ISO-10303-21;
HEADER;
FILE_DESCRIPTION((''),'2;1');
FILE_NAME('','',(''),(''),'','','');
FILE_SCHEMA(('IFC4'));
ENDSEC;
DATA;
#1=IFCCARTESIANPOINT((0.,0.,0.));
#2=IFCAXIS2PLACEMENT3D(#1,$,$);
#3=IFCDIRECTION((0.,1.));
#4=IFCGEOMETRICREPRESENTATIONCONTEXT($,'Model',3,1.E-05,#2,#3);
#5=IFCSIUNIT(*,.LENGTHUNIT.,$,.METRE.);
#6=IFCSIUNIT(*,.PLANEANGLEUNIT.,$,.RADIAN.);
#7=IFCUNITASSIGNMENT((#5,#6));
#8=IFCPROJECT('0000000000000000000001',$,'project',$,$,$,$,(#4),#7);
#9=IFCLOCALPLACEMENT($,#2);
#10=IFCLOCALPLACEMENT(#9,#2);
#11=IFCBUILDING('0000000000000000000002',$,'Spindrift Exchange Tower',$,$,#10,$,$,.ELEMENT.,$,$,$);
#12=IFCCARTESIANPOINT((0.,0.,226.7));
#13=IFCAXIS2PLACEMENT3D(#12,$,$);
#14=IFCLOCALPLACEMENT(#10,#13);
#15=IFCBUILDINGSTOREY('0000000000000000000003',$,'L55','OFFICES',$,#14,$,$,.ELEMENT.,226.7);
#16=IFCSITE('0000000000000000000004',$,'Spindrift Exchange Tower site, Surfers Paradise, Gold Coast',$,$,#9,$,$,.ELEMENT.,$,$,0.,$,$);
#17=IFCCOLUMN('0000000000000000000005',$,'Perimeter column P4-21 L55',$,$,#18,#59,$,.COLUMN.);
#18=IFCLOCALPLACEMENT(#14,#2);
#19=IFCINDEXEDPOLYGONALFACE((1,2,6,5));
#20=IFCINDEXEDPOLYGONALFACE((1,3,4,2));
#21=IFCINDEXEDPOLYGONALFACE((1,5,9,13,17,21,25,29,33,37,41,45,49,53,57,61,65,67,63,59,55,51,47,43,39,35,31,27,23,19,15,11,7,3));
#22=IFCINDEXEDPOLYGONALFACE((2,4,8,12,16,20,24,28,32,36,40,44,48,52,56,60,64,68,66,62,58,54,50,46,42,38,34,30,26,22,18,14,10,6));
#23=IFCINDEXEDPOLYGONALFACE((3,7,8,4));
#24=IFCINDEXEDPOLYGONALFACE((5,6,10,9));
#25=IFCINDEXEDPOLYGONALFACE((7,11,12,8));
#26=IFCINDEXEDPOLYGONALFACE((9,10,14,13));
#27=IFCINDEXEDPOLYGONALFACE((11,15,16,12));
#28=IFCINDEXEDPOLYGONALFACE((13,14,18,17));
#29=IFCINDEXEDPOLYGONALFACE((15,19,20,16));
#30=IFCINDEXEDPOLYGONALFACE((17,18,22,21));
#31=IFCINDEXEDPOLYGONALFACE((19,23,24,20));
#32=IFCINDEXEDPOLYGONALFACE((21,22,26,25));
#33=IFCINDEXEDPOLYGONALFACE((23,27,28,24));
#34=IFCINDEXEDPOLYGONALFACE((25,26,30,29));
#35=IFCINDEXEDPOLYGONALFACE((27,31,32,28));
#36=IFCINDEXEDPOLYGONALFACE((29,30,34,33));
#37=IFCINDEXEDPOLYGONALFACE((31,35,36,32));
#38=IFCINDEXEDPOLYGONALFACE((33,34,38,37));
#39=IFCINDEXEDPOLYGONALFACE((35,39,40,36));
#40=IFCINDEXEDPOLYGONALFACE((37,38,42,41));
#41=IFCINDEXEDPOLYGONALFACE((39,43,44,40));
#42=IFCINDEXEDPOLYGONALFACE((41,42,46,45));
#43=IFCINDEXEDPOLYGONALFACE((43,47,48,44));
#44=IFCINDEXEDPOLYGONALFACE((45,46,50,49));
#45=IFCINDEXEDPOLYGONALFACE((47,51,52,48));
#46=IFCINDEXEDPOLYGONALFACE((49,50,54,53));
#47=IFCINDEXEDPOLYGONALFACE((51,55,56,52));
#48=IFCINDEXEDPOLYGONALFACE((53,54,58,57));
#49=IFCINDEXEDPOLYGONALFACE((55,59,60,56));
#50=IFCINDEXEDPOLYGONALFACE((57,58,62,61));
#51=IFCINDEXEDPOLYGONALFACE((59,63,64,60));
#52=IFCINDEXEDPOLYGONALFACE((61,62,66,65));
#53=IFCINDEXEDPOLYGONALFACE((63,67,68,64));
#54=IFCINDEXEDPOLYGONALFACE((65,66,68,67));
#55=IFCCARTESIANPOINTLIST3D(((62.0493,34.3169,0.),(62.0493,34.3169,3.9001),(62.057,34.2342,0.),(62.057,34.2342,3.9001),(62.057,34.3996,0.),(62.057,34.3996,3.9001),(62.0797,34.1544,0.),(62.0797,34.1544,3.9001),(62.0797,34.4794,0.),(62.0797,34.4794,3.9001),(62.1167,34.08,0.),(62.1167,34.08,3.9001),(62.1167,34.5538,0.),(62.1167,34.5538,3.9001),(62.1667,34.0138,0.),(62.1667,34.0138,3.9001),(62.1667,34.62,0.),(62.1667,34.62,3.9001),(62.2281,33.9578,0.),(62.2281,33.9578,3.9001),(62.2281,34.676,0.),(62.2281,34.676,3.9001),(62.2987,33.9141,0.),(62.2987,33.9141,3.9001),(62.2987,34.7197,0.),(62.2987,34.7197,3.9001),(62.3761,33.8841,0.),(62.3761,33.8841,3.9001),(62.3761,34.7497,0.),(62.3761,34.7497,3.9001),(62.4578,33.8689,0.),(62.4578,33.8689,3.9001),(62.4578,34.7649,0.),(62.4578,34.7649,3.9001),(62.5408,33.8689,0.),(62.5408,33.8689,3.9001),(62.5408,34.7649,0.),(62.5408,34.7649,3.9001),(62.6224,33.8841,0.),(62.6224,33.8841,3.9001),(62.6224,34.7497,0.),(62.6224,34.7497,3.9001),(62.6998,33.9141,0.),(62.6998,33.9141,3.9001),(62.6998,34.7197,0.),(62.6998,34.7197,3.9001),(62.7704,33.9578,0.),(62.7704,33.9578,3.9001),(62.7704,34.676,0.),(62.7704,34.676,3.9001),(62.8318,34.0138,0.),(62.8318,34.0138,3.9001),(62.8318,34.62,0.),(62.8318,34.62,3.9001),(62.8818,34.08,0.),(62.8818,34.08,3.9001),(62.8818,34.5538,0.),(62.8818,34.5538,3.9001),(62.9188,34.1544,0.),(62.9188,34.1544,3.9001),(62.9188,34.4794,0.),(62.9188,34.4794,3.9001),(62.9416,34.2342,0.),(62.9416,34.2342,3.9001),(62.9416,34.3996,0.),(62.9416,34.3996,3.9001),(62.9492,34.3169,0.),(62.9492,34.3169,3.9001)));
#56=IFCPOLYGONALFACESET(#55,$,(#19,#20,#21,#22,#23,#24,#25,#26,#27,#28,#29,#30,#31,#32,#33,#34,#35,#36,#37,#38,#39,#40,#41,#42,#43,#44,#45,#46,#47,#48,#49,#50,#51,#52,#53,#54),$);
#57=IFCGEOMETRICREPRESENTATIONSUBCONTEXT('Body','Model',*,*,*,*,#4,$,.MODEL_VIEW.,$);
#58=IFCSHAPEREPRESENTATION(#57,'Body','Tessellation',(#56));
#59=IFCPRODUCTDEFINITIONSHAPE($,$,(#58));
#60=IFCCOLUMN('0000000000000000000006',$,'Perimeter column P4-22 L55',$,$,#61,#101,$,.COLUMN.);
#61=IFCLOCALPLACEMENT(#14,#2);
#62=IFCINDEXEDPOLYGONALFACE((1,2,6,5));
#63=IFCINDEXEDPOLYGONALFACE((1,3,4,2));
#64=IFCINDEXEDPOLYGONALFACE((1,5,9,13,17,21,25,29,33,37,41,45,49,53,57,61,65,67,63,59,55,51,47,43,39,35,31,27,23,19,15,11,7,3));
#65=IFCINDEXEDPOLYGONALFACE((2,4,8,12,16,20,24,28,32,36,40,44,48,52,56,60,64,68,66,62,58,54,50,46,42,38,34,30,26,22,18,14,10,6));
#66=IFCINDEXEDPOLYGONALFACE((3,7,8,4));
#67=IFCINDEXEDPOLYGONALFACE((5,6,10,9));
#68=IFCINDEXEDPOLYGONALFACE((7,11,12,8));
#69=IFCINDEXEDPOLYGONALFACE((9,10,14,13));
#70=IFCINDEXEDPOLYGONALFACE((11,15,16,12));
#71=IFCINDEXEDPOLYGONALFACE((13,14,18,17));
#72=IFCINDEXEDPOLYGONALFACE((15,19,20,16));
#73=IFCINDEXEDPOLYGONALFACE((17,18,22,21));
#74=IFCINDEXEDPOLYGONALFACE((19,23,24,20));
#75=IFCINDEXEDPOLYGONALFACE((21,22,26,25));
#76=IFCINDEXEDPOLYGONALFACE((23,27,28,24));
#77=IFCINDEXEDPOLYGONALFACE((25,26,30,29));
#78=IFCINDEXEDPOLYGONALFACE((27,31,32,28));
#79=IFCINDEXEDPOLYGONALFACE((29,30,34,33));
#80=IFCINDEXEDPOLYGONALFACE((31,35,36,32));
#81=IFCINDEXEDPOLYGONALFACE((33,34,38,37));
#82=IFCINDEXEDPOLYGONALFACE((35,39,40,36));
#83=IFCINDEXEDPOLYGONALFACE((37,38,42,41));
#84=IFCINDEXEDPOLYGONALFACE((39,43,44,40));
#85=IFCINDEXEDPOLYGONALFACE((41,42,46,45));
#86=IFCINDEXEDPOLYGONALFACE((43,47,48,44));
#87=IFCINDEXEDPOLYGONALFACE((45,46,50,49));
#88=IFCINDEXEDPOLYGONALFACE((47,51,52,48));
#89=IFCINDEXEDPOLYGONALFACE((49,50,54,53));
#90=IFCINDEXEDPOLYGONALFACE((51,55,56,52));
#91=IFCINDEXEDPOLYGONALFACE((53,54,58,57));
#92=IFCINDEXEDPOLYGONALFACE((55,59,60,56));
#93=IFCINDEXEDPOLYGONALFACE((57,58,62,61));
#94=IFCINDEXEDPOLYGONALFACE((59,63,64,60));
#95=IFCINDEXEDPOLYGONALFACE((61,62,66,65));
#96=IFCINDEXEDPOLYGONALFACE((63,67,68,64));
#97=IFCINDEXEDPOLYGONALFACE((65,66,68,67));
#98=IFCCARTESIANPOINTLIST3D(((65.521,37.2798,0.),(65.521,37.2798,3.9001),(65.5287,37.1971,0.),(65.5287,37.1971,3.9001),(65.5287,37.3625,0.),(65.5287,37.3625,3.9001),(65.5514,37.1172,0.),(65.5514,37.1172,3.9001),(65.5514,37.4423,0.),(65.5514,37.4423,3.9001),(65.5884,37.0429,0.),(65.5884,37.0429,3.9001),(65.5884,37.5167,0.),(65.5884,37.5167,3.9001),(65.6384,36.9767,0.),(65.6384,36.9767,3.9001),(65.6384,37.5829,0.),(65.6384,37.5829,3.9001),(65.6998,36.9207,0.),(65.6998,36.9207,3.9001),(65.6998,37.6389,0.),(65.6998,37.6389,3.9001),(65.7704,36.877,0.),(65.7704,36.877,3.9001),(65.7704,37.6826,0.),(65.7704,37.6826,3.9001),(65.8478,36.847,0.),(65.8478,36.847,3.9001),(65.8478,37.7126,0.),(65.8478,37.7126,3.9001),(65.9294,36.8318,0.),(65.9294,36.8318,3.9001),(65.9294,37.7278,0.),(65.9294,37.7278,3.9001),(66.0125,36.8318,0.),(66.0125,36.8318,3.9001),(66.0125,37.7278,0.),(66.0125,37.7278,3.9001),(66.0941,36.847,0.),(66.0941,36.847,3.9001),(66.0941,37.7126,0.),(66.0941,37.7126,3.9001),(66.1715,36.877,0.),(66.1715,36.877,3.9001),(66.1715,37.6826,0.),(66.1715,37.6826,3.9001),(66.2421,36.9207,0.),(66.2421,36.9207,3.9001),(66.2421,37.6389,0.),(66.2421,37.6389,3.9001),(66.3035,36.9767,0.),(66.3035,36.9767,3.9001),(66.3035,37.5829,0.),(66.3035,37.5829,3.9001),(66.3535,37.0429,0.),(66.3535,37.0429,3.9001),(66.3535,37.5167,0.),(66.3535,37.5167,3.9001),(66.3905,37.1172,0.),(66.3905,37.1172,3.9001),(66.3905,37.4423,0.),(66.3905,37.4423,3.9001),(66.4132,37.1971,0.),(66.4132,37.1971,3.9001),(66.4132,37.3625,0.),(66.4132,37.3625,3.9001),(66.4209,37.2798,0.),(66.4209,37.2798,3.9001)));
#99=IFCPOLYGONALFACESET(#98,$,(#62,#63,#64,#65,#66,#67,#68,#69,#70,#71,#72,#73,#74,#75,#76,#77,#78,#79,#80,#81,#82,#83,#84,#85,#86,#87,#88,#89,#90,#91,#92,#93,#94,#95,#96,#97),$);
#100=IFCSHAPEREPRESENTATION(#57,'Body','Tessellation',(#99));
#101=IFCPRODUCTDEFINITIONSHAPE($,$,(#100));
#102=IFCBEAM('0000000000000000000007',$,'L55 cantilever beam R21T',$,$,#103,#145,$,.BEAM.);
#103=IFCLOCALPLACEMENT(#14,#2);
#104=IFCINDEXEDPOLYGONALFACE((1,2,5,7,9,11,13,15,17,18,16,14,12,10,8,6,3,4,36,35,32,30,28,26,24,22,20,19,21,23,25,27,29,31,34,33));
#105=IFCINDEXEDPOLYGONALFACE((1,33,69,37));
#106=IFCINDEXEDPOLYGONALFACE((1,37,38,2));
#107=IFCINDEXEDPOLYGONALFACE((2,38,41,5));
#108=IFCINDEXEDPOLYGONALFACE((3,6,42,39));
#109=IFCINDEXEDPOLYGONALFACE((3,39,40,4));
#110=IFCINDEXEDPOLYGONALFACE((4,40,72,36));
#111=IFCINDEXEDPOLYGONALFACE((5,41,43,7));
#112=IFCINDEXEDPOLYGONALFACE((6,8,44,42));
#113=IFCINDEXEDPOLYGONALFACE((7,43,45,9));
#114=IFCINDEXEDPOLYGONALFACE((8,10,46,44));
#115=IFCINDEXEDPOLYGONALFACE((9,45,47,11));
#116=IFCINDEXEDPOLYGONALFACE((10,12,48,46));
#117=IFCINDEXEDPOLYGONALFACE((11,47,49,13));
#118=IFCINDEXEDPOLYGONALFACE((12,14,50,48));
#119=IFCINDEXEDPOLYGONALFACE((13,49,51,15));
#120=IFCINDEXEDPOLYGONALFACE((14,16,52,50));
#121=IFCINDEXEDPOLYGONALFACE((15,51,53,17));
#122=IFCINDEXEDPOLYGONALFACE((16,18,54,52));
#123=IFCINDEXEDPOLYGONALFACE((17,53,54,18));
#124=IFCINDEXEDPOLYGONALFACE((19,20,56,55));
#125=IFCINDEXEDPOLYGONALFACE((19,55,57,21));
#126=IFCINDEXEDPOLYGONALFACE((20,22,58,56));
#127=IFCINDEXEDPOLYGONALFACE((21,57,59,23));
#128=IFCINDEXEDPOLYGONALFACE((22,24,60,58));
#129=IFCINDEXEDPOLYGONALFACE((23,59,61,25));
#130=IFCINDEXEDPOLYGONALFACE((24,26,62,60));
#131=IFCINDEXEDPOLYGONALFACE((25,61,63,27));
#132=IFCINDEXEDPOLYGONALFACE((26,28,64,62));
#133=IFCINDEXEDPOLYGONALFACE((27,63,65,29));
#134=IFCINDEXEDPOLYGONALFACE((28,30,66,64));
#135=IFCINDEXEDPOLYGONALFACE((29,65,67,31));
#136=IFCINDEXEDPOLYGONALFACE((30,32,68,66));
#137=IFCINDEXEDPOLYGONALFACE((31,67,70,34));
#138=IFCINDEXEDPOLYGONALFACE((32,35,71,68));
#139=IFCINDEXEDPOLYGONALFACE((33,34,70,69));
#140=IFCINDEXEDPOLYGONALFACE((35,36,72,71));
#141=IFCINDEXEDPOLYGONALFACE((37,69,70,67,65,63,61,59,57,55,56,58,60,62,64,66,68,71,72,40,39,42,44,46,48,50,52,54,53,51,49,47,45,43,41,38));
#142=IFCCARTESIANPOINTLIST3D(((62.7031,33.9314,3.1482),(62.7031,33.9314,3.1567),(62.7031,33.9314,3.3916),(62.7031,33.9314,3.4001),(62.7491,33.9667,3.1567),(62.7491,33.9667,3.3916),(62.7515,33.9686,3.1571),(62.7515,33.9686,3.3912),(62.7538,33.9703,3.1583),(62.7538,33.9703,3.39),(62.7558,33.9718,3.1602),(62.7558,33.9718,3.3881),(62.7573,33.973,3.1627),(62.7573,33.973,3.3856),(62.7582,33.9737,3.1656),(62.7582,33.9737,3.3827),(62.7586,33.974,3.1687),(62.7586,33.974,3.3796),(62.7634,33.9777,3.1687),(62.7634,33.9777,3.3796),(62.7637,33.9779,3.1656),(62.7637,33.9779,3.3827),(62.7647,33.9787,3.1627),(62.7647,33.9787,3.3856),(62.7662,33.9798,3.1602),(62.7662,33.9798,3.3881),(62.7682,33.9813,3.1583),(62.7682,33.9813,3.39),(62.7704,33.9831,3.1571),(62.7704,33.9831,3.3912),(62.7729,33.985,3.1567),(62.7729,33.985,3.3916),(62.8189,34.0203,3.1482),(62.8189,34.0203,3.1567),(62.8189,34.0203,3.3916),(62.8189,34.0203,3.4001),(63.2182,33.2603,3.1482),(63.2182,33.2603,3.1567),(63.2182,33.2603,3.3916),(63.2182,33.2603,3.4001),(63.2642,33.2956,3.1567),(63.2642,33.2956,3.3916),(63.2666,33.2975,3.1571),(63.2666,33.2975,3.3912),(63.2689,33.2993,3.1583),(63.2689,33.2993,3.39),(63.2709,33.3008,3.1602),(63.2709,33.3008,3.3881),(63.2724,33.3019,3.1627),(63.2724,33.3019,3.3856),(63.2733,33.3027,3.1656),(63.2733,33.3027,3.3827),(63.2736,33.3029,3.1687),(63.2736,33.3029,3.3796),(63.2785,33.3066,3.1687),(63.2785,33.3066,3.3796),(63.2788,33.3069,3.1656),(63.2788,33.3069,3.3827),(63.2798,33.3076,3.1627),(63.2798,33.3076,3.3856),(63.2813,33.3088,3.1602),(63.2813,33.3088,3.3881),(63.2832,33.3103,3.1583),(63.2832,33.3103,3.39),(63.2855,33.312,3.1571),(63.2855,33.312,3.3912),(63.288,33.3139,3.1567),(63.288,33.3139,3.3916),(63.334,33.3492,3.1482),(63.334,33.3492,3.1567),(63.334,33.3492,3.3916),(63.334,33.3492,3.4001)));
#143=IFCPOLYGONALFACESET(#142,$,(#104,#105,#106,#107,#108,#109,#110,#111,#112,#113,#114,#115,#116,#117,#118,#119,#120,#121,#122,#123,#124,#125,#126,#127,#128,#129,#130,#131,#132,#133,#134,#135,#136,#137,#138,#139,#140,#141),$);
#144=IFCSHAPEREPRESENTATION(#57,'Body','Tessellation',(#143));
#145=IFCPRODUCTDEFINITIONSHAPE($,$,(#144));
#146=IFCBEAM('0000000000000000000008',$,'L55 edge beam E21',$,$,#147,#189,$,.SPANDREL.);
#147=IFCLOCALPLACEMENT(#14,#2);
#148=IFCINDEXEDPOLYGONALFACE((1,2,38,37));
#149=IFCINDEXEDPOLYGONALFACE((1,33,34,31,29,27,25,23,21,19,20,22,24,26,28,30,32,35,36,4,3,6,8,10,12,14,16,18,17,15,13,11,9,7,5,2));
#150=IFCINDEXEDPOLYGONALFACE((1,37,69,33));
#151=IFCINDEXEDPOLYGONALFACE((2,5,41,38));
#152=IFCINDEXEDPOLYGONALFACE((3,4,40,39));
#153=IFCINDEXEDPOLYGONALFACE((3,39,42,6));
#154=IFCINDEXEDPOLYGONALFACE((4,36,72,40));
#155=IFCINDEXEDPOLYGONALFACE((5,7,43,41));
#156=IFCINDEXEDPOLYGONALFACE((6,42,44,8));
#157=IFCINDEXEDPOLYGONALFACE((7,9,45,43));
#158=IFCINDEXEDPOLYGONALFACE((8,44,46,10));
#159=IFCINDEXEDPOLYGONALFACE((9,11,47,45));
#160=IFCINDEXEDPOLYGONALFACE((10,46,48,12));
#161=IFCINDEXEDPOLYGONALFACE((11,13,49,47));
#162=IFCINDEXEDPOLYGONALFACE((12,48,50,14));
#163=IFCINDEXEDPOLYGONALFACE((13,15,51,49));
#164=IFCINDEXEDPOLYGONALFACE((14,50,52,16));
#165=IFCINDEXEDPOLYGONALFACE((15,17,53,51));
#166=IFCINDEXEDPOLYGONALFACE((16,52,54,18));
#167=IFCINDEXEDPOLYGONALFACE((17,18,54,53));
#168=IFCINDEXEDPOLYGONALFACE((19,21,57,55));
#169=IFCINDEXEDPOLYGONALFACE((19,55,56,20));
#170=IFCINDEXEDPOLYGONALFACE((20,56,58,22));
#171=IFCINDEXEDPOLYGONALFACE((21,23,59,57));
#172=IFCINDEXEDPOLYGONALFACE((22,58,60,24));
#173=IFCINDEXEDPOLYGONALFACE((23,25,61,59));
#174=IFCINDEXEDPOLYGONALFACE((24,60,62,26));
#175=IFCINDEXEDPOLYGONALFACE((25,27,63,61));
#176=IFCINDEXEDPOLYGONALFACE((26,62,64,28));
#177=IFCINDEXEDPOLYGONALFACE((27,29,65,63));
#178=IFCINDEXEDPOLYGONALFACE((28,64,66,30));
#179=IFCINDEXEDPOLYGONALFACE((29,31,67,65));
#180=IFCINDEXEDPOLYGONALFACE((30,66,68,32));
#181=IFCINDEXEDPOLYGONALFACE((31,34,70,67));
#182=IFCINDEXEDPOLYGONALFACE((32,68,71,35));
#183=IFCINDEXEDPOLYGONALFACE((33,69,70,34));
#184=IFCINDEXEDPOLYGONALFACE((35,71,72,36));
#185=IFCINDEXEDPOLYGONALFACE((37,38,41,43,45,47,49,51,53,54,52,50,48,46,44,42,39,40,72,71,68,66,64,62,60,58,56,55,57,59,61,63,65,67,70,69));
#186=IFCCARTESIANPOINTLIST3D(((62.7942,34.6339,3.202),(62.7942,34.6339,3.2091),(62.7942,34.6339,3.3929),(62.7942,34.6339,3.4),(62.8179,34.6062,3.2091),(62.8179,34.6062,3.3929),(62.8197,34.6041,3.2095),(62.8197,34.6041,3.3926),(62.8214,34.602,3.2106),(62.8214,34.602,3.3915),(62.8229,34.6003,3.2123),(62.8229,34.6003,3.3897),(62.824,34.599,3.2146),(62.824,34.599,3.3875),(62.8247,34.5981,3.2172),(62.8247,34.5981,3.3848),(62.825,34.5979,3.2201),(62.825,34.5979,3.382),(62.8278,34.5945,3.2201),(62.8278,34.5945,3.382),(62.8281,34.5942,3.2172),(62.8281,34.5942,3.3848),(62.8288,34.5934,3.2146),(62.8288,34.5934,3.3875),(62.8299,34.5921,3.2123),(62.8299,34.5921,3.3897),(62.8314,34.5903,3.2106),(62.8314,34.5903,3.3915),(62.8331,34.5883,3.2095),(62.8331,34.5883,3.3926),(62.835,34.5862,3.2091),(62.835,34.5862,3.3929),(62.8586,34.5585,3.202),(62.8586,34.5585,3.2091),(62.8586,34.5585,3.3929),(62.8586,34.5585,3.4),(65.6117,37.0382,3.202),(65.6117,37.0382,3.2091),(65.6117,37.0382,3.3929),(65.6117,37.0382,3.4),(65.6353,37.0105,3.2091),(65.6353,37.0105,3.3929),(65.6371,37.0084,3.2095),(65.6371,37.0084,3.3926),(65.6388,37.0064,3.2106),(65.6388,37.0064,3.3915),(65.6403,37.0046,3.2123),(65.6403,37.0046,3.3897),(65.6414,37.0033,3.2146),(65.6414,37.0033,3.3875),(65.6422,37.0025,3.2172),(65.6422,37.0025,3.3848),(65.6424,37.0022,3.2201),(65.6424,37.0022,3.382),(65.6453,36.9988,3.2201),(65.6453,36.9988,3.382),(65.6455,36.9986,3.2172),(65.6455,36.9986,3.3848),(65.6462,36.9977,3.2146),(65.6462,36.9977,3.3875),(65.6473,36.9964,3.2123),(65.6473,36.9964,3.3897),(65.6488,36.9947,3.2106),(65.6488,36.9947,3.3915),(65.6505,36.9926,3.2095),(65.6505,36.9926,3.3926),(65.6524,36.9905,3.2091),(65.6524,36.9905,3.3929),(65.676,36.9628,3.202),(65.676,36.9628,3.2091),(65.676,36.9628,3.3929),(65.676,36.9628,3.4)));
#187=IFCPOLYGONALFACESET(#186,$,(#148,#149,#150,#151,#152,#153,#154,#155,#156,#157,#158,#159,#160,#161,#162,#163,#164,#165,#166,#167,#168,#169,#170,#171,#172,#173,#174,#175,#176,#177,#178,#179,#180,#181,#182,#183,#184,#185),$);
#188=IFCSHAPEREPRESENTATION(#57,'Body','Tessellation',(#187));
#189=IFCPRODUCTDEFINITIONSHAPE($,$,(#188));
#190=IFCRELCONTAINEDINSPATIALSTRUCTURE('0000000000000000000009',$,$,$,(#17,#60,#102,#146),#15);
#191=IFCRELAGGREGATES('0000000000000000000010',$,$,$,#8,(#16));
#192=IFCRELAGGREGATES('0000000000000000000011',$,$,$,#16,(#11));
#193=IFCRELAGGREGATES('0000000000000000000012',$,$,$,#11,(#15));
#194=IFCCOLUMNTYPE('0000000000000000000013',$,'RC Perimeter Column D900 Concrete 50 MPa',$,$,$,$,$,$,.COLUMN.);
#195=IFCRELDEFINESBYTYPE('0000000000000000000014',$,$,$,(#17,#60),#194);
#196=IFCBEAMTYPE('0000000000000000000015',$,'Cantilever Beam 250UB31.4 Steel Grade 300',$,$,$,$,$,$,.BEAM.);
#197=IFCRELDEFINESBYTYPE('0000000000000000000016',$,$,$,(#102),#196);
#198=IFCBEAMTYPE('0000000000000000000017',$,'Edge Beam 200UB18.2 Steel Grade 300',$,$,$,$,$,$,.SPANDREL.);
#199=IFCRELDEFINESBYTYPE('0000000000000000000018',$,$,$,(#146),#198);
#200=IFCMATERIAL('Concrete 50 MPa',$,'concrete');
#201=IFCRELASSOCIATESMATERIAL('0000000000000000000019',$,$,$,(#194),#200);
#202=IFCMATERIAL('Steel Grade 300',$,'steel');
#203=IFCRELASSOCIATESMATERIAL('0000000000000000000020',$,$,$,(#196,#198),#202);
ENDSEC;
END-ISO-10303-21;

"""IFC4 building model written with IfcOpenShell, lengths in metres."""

from ifc_helpers import new_model, si_unit, direction, frame, origin, origin_2d, place, context, subcontext, project, spatial, circle, i_section, extrude, source, transform, mapped, material, material_profile, profile_set, type_object, element, save


model = new_model("IFC4")

# Units and contexts
model_context = context("Model", 3, precision=1e-05, world=origin(), true_north=direction((0.0, 1.0)))
body_context = subcontext(model_context, "Body", "Model", "MODEL_VIEW")
ifc_project = project(units=[si_unit("LENGTHUNIT", "METRE"), si_unit("PLANEANGLEUNIT", "RADIAN")], contexts=[model_context])

# Site, building, storey
site_placement = place(None, origin())
site = spatial("IfcSite", under=ifc_project, at=site_placement, Name="Spindrift Exchange Tower site, Surfers Paradise, Gold Coast", CompositionType="ELEMENT", RefElevation=0.0)
building_placement = place(site_placement, origin())
building = spatial("IfcBuilding", under=site, at=building_placement, Name="Spindrift Exchange Tower", CompositionType="ELEMENT")
storey_placement = place(building_placement, frame((0.0, 0.0, 226.7)))
storey = spatial("IfcBuildingStorey", under=building, at=storey_placement, Name="L55", Description="OFFICES", CompositionType="ELEMENT", Elevation=226.7)

# Columns
ifc_material_1 = material(Name="Concrete 50 MPa", Category="concrete")
ifc_material_profile_1 = material_profile(ifc_material_1, circle(Radius=0.45, at=origin_2d()), Name="RC D900")
ifc_profile_set_1 = profile_set([ifc_material_profile_1], Name="Concrete 50 MPa")
column_type = type_object("IfcColumnType", Name="RC Perimeter Column D900 Concrete 50 MPa", PredefinedType="COLUMN", material=ifc_profile_set_1)
shared_shape_1 = source(origin(), body_context, "Body", "SweptSolid", [
    extrude(circle(Radius=0.45, at=origin_2d()), origin(), (0.0, 0.0, 1.0), 3.9001),
])
for number, where, z_axis, x_axis, name in (
    (1, (62.4993, 34.3169, 0.0), (0.0, 0.0, 1.0), (1.0, 0.0, 0.0), "Perimeter column P4-21 L55"),
    (2, (65.9709, 37.2798, 0.0), (0.0, 0.0, 1.0), (1.0, 0.0, 0.0), "Perimeter column P4-22 L55"),
):
    element("IfcColumn", number, at=place(storey_placement, frame(where, z_axis=z_axis, x_axis=x_axis)), inside=storey, type_object=column_type, Name=name, PredefinedType="COLUMN", context=body_context, shape_type="MappedRepresentation", body=[
        mapped(shared_shape_1, transform((0.0, 0.0, 0.0), scale=1.0)),
    ])

# Beams
ifc_material_2 = material(Name="Steel Grade 300", Category="steel")
ifc_material_profile_2 = material_profile(ifc_material_2, i_section(OverallWidth=0.146, OverallDepth=0.252, WebThickness=0.0061, FlangeThickness=0.0085, FilletRadius=0.012, at=origin_2d()), Name="250UB31.4")
ifc_profile_set_2 = profile_set([ifc_material_profile_2], Name="Steel Grade 300")
beam_type_1 = type_object("IfcBeamType", Name="Cantilever Beam 250UB31.4 Steel Grade 300", PredefinedType="BEAM", material=ifc_profile_set_2)
shared_shape_2 = source(origin(), body_context, "Body", "SweptSolid", [
    extrude(i_section(OverallWidth=0.146, OverallDepth=0.252, WebThickness=0.0061, FlangeThickness=0.0085, FilletRadius=0.012, at=origin_2d()), origin(), (0.0, 0.0, 1.0), 0.8459),
])
beam_1_placement = place(storey_placement, frame((62.761, 33.9758, 3.2742), z_axis=(0.608874, -0.793267, 0.0), x_axis=(0.793267, 0.608874, 0.0)))
element("IfcBeam", 3, at=beam_1_placement, inside=storey, type_object=beam_type_1, Name="L55 cantilever beam R21T", PredefinedType="BEAM", context=body_context, shape_type="MappedRepresentation", body=[
    mapped(shared_shape_2, transform((0.0, 0.0, 0.0), scale=1.0)),
])
ifc_material_profile_3 = material_profile(ifc_material_2, i_section(OverallWidth=0.0991, OverallDepth=0.198, WebThickness=0.0044, FlangeThickness=0.0071, FilletRadius=0.011, at=origin_2d()), Name="200UB18.2")
ifc_profile_set_3 = profile_set([ifc_material_profile_3], Name="Steel Grade 300")
beam_type_2 = type_object("IfcBeamType", Name="Edge Beam 200UB18.2 Steel Grade 300", PredefinedType="SPANDREL", material=ifc_profile_set_3)
shared_shape_3 = source(origin(), body_context, "Body", "SweptSolid", [
    extrude(i_section(OverallWidth=0.0991, OverallDepth=0.198, WebThickness=0.0044, FlangeThickness=0.0071, FilletRadius=0.011, at=origin_2d()), origin(), (0.0, 0.0, 1.0), 3.7039),
])
beam_2_placement = place(storey_placement, frame((62.8264, 34.5962, 3.301), z_axis=(0.760669, 0.64914, 0.0), x_axis=(-0.64914, 0.760669, 0.0)))
element("IfcBeam", 4, at=beam_2_placement, inside=storey, type_object=beam_type_2, Name="L55 edge beam E21", PredefinedType="SPANDREL", context=body_context, shape_type="MappedRepresentation", body=[
    mapped(shared_shape_3, transform((0.0, 0.0, 0.0), scale=1.0)),
])

save(model, "model.ifc")
